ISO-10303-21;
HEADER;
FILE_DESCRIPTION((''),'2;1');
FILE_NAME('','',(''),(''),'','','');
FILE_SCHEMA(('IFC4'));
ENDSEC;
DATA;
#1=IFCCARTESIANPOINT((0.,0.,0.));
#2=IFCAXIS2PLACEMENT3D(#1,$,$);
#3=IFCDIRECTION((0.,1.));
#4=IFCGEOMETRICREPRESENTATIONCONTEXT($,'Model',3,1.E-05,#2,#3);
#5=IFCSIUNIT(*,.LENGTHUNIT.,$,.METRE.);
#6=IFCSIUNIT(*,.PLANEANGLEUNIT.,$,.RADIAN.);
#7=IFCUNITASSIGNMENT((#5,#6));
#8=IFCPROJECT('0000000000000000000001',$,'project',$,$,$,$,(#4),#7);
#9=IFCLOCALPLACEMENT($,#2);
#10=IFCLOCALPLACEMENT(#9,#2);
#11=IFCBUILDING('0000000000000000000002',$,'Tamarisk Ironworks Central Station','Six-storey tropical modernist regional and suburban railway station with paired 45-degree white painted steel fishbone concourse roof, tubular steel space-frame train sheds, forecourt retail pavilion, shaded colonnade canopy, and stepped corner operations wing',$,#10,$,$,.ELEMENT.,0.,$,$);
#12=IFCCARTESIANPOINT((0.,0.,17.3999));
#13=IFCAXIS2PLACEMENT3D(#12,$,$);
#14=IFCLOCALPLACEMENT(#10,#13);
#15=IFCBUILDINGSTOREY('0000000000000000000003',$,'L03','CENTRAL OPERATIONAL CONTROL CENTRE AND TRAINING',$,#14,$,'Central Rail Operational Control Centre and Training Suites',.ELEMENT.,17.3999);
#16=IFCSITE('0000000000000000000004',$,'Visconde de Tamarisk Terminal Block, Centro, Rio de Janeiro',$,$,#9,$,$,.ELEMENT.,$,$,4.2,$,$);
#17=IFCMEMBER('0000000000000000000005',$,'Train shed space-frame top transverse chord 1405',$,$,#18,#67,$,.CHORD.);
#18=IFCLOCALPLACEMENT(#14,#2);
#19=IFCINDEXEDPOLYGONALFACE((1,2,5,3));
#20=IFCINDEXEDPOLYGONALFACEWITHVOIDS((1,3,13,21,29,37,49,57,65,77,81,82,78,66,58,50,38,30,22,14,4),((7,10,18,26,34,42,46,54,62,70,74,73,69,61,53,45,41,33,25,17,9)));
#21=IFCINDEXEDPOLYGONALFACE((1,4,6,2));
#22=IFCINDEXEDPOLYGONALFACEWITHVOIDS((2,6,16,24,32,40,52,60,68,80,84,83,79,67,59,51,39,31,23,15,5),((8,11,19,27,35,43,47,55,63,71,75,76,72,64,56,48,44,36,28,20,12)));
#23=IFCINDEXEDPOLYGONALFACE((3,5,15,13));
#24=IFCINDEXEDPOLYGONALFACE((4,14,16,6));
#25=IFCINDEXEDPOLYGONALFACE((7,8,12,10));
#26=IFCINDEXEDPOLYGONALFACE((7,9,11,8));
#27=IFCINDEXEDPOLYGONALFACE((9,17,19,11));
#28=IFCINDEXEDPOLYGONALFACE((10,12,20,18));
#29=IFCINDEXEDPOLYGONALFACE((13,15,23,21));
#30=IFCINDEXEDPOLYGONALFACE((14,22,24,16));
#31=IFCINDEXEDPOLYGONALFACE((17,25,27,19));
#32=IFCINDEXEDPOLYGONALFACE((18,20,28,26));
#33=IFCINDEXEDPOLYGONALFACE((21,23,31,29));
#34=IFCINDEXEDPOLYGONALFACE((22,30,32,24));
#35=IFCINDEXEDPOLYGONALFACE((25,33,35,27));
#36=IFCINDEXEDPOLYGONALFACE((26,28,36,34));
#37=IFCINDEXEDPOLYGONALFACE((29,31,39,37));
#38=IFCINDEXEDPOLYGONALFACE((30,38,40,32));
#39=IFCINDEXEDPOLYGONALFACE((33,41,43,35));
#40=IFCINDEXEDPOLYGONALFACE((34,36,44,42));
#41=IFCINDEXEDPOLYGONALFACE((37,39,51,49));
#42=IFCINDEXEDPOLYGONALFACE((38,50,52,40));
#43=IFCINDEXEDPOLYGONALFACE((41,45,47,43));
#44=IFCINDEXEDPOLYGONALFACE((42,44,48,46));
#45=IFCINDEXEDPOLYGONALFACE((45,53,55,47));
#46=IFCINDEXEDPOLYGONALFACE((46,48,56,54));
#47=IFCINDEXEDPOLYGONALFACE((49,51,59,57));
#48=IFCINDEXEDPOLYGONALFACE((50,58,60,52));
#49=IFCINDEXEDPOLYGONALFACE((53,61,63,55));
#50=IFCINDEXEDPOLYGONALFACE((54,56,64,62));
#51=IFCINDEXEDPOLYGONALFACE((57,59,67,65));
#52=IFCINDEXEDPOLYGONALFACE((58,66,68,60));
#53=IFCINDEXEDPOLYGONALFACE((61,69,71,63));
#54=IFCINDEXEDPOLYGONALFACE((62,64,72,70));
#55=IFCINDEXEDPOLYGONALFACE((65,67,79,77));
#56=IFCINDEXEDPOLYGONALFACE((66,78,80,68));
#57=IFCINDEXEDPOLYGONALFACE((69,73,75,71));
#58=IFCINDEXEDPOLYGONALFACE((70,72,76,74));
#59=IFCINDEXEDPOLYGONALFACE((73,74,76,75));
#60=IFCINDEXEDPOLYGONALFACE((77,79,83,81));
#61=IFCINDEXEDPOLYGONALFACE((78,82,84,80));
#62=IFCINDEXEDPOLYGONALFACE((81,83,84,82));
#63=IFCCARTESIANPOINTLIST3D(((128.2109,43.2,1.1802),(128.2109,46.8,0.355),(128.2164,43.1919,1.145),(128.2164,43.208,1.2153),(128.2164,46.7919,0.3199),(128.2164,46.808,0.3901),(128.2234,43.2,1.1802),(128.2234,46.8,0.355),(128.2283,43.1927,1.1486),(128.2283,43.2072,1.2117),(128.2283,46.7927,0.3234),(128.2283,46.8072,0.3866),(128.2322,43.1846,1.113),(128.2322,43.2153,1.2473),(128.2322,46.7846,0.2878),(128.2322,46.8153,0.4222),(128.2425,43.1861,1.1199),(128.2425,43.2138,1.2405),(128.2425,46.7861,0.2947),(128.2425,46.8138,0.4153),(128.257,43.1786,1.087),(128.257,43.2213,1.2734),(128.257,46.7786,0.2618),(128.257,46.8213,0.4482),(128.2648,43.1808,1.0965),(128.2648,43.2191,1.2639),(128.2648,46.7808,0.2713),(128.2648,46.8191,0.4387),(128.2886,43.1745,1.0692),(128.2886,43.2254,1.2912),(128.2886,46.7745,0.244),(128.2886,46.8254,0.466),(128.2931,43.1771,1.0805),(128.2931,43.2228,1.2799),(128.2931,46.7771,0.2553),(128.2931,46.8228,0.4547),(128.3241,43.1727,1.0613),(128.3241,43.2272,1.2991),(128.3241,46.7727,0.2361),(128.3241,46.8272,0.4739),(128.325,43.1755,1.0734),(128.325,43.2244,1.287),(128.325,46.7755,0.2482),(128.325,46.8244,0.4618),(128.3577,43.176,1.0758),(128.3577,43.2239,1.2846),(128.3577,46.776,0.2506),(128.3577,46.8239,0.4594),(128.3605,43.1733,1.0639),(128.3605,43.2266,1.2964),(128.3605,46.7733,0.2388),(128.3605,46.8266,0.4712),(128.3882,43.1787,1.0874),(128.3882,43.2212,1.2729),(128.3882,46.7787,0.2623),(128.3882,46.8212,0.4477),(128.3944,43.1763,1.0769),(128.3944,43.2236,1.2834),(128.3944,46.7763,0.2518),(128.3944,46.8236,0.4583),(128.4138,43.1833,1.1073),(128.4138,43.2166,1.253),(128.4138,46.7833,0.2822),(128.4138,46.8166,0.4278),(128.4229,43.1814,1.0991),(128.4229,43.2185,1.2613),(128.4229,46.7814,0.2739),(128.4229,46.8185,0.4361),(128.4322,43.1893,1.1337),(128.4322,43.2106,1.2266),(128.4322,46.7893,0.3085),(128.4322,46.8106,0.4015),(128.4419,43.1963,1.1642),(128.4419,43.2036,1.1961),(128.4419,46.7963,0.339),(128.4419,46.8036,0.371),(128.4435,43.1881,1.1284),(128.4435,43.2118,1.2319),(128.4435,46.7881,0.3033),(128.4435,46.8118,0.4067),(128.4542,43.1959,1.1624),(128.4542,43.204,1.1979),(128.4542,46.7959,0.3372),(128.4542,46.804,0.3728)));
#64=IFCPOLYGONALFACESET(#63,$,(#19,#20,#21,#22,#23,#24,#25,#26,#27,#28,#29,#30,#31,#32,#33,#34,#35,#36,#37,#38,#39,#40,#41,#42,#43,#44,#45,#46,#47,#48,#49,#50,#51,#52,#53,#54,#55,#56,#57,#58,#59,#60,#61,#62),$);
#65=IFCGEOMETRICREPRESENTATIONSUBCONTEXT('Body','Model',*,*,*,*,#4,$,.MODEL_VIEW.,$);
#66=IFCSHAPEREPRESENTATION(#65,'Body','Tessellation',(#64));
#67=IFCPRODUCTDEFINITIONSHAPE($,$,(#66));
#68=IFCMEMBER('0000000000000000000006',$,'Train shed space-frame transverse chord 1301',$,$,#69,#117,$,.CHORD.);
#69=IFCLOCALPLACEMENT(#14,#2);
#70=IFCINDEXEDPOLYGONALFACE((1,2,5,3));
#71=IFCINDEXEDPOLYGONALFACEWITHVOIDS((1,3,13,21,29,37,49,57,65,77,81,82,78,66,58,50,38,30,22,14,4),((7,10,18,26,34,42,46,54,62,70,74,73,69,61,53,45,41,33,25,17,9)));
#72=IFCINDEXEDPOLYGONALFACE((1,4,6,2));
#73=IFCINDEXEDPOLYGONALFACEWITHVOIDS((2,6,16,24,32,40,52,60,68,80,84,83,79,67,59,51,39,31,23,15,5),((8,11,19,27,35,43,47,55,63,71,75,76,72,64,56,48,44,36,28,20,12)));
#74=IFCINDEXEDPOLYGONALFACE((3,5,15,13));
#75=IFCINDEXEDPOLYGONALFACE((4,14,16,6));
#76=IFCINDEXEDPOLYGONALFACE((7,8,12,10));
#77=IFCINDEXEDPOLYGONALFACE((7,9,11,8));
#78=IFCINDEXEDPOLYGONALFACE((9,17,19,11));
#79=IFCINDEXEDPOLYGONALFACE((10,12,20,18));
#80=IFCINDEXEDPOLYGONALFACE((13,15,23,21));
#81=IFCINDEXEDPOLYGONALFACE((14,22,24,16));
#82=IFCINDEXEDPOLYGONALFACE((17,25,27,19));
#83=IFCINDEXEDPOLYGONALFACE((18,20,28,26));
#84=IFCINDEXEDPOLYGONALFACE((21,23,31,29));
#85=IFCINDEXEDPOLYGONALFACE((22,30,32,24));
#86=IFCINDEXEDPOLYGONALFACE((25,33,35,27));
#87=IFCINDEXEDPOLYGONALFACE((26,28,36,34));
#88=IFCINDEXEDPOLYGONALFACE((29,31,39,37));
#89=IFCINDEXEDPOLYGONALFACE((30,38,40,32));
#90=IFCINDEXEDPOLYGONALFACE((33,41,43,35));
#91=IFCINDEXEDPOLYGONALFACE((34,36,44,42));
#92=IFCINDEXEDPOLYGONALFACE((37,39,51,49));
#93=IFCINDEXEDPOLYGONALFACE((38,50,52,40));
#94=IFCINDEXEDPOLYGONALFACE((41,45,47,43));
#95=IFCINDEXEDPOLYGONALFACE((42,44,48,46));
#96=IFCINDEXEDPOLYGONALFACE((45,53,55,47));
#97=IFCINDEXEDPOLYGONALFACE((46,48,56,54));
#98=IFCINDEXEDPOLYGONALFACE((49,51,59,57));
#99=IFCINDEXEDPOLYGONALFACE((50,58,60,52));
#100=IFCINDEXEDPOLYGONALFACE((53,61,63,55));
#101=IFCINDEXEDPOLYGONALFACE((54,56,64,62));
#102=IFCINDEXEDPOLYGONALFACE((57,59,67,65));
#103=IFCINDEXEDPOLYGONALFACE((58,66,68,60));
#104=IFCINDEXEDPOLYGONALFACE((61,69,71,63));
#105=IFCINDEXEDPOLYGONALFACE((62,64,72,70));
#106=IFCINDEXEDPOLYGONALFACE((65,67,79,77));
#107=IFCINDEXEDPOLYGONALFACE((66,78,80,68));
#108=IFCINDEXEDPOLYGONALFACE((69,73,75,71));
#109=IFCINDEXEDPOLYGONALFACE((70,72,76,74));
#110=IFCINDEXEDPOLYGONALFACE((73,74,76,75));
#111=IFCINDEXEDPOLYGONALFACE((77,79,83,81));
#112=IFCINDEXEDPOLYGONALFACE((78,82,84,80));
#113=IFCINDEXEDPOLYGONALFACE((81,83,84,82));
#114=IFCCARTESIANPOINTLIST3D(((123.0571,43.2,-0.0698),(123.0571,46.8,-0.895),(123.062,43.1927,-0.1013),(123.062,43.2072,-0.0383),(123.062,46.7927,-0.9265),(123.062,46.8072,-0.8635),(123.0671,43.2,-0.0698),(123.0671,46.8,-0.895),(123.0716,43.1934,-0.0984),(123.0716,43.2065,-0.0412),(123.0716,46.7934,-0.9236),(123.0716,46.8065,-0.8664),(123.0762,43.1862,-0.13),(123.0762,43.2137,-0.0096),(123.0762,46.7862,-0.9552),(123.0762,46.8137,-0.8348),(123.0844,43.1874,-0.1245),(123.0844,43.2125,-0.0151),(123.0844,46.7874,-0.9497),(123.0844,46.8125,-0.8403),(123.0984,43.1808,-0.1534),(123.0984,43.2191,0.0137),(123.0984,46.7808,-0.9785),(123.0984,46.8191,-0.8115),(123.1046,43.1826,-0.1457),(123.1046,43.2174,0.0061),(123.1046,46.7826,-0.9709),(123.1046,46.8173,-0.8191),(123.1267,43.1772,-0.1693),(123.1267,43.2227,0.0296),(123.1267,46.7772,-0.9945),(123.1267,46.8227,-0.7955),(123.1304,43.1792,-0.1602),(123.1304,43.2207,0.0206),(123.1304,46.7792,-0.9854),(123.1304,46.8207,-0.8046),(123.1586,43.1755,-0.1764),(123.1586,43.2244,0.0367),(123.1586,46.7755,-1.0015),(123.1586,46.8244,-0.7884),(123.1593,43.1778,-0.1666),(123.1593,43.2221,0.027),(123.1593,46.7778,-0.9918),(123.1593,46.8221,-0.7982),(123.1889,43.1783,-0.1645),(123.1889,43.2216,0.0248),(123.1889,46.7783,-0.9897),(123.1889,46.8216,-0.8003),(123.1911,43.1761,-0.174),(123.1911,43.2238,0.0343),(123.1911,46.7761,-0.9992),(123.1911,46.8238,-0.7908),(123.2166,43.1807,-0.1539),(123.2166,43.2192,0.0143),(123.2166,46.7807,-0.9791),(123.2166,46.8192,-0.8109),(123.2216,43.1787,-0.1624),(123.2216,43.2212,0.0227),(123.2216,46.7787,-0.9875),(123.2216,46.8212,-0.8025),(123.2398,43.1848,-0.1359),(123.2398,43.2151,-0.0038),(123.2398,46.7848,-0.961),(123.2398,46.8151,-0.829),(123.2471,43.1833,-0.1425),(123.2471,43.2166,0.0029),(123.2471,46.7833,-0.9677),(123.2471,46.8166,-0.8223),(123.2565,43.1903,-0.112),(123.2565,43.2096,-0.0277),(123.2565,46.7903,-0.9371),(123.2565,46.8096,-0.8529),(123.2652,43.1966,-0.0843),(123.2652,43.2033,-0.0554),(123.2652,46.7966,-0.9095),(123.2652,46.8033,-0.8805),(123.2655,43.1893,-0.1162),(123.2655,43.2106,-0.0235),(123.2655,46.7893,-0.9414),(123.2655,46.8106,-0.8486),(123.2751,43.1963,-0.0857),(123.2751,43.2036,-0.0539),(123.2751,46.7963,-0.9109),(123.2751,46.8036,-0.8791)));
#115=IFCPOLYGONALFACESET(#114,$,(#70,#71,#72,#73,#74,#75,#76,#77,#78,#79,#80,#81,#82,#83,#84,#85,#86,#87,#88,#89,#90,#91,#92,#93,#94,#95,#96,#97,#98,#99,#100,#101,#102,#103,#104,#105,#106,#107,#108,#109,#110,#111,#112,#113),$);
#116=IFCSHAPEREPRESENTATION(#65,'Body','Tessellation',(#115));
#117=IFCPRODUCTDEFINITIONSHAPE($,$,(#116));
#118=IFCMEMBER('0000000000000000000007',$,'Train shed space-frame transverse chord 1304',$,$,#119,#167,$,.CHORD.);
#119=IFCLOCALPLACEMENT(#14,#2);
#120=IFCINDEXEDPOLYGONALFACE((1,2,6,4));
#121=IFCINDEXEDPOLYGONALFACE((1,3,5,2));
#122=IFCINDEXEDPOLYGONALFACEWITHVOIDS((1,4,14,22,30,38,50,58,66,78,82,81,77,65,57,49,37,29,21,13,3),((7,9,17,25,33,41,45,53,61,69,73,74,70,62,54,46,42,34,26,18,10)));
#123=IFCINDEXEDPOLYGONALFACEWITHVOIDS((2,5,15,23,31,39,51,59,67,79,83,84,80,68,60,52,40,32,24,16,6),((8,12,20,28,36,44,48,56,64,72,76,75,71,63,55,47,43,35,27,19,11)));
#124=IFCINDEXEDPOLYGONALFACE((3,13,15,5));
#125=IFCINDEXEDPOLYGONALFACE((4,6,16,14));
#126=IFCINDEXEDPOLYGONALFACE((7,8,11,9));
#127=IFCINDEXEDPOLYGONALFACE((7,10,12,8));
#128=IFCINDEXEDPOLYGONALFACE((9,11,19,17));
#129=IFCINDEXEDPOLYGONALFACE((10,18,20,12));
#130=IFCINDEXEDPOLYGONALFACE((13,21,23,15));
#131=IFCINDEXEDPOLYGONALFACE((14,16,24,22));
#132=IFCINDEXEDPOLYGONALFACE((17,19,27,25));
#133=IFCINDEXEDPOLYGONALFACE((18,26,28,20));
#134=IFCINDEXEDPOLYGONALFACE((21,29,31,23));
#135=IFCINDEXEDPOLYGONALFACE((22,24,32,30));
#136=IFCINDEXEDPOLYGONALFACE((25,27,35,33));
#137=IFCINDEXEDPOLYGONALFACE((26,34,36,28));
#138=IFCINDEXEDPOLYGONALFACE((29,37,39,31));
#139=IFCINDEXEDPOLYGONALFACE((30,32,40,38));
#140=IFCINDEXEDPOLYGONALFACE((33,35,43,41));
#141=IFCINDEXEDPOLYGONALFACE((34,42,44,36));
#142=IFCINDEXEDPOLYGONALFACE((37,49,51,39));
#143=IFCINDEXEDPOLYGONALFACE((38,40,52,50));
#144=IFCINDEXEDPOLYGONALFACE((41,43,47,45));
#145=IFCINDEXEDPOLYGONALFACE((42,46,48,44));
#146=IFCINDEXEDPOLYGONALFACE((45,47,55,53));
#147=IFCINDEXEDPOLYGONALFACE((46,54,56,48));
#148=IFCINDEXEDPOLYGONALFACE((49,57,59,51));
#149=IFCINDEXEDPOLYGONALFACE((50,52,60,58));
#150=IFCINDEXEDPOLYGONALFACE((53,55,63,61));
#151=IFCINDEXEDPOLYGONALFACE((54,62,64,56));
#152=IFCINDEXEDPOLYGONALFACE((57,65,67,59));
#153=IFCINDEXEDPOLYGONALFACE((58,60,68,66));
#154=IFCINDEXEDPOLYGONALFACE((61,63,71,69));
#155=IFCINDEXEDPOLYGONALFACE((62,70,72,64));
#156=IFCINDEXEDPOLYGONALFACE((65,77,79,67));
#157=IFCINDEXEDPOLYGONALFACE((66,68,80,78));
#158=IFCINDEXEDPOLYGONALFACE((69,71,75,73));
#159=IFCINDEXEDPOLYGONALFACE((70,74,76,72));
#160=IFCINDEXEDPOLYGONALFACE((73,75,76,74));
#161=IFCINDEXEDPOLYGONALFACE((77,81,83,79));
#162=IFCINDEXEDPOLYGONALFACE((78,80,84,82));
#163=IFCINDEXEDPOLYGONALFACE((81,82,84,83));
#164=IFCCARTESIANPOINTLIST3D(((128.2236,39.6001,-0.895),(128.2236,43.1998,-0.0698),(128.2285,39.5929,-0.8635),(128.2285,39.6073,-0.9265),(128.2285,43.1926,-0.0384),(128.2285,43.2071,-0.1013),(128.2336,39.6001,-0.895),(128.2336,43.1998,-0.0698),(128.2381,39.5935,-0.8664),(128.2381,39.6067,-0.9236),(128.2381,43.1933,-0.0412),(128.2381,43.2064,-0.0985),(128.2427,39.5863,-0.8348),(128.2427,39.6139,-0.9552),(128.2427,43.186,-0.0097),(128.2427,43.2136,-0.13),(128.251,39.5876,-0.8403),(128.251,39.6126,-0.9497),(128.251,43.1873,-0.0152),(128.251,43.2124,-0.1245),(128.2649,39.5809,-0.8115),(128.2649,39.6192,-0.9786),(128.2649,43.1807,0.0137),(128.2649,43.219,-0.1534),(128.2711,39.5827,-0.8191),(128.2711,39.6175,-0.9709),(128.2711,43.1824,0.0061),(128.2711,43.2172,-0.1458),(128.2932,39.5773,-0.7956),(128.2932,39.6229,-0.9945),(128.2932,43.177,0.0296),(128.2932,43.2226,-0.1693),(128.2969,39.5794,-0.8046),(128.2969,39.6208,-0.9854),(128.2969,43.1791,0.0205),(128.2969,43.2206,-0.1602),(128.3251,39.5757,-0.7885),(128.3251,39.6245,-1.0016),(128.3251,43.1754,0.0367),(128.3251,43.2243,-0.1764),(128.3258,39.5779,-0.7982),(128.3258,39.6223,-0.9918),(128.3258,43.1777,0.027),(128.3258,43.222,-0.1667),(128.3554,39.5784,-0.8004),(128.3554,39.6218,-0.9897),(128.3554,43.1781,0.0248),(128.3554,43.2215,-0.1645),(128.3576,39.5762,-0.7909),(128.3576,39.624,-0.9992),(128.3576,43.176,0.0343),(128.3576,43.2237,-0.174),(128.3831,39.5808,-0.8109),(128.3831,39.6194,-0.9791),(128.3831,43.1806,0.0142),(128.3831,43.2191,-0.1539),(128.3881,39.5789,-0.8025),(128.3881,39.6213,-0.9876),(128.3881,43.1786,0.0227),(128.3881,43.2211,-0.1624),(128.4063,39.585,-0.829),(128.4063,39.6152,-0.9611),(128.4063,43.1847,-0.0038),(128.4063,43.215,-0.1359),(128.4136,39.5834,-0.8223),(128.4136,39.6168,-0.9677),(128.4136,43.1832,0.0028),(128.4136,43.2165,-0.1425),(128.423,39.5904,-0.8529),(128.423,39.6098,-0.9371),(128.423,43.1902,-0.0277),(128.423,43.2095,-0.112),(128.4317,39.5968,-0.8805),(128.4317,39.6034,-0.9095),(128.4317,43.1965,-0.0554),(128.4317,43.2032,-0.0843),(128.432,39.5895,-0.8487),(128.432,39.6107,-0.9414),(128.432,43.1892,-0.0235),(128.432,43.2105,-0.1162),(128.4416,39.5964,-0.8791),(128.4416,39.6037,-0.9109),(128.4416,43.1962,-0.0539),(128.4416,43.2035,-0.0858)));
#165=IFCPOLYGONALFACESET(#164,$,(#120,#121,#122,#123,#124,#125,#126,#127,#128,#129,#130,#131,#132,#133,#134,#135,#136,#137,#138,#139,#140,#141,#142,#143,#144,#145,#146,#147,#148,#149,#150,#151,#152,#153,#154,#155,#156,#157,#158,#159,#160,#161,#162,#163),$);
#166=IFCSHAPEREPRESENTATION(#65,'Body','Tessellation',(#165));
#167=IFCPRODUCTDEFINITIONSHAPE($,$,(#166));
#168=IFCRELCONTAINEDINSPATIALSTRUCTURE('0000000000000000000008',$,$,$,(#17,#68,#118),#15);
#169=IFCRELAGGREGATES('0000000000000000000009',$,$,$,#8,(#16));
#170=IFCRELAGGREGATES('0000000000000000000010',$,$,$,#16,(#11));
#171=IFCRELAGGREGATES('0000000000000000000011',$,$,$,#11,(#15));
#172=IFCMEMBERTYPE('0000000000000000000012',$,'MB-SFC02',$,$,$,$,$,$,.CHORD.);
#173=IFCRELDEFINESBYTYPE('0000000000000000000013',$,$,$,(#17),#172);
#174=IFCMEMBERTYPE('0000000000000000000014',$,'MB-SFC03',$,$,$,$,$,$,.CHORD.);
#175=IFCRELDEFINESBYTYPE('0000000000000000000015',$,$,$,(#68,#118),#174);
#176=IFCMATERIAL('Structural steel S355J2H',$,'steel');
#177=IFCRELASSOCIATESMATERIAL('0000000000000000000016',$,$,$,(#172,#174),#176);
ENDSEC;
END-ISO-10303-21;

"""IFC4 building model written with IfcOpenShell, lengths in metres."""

from ifc_helpers import new_model, si_unit, direction, frame, origin, origin_2d, place, context, subcontext, project, spatial, hollow_circle, extrude, material, material_profile, profile_set, type_object, element, save


model = new_model("IFC4")

# Units and contexts
model_context = context("Model", 3, precision=1e-05, world=origin(), true_north=direction((0.0, 1.0)))
body_context = subcontext(model_context, "Body", "Model", "MODEL_VIEW")
ifc_project = project(units=[si_unit("LENGTHUNIT", "METRE"), si_unit("PLANEANGLEUNIT", "RADIAN")], contexts=[model_context])

# Site, building, storey
site_placement = place(None, origin())
site = spatial("IfcSite", under=ifc_project, at=site_placement, Name="Visconde de Tamarisk Terminal Block, Centro, Rio de Janeiro", CompositionType="ELEMENT", RefElevation=4.2)
building_placement = place(site_placement, origin())
building = spatial("IfcBuilding", under=site, at=building_placement, Name="Tamarisk Ironworks Central Station", Description="Six-storey tropical modernist regional and suburban railway station with paired 45-degree white painted steel fishbone concourse roof, tubular steel space-frame train sheds, forecourt retail pavilion, shaded colonnade canopy, and stepped corner operations wing", CompositionType="ELEMENT", ElevationOfRefHeight=0.0)
storey_placement = place(building_placement, frame((0.0, 0.0, 17.3999)))
storey = spatial("IfcBuildingStorey", under=building, at=storey_placement, Name="L03", Description="CENTRAL OPERATIONAL CONTROL CENTRE AND TRAINING", LongName="Central Rail Operational Control Centre and Training Suites", CompositionType="ELEMENT", Elevation=17.3999)

# Members
ifc_material_1 = material(Name="Structural steel S355J2H", Category="steel")
ifc_material_profile_1 = material_profile(ifc_material_1, hollow_circle(Radius=0.1223, WallThickness=0.0125, at=origin_2d()), Name="CHS 244.5x12.5")
ifc_profile_set_1 = profile_set([ifc_material_profile_1], Name="Structural steel S355J2H")
member_type_1 = type_object("IfcMemberType", Name="MB-SFC02", PredefinedType="CHORD", material=ifc_profile_set_1)
member_1_placement = place(storey_placement, frame((128.3333, 43.2, 1.1802), z_axis=(0.0, 0.974722, -0.223421), x_axis=(-1.0, 0.0, 0.0)))
element("IfcMember", 1, at=member_1_placement, inside=storey, type_object=member_type_1, Name="Train shed space-frame top transverse chord 1405", PredefinedType="CHORD", context=body_context, shape_type="SweptSolid", body=[
    extrude(hollow_circle(Radius=0.1223, WallThickness=0.0125, at=origin_2d()), origin(), (0.0, 0.0, 1.0), 3.6934),
])
ifc_material_profile_2 = material_profile(ifc_material_1, hollow_circle(Radius=0.1096, WallThickness=0.01, at=origin_2d()), Name="CHS 219.1x10")
ifc_profile_set_2 = profile_set([ifc_material_profile_2], Name="Structural steel S355J2H")
member_type_2 = type_object("IfcMemberType", Name="MB-SFC03", PredefinedType="CHORD", material=ifc_profile_set_2)
member_2_placement = place(storey_placement, frame((123.1667, 43.2, -0.0698), z_axis=(0.0, 0.974722, -0.223421), x_axis=(-1.0, 0.0, 0.0)))
element("IfcMember", 2, at=member_2_placement, inside=storey, type_object=member_type_2, Name="Train shed space-frame transverse chord 1301", PredefinedType="CHORD", context=body_context, shape_type="SweptSolid", body=[
    extrude(hollow_circle(Radius=0.1096, WallThickness=0.01, at=origin_2d()), origin(), (0.0, 0.0, 1.0), 3.6934),
])
member_3_placement = place(storey_placement, frame((128.3333, 39.6001, -0.895), z_axis=(0.0, 0.974719, 0.223435), x_axis=(-1.0, 0.0, 0.0)))
element("IfcMember", 3, at=member_3_placement, inside=storey, type_object=member_type_2, Name="Train shed space-frame transverse chord 1304", PredefinedType="CHORD", context=body_context, shape_type="SweptSolid", body=[
    extrude(hollow_circle(Radius=0.1096, WallThickness=0.01, at=origin_2d()), origin(), (0.0, 0.0, 1.0), 3.6931),
])

save(model, "model.ifc")
